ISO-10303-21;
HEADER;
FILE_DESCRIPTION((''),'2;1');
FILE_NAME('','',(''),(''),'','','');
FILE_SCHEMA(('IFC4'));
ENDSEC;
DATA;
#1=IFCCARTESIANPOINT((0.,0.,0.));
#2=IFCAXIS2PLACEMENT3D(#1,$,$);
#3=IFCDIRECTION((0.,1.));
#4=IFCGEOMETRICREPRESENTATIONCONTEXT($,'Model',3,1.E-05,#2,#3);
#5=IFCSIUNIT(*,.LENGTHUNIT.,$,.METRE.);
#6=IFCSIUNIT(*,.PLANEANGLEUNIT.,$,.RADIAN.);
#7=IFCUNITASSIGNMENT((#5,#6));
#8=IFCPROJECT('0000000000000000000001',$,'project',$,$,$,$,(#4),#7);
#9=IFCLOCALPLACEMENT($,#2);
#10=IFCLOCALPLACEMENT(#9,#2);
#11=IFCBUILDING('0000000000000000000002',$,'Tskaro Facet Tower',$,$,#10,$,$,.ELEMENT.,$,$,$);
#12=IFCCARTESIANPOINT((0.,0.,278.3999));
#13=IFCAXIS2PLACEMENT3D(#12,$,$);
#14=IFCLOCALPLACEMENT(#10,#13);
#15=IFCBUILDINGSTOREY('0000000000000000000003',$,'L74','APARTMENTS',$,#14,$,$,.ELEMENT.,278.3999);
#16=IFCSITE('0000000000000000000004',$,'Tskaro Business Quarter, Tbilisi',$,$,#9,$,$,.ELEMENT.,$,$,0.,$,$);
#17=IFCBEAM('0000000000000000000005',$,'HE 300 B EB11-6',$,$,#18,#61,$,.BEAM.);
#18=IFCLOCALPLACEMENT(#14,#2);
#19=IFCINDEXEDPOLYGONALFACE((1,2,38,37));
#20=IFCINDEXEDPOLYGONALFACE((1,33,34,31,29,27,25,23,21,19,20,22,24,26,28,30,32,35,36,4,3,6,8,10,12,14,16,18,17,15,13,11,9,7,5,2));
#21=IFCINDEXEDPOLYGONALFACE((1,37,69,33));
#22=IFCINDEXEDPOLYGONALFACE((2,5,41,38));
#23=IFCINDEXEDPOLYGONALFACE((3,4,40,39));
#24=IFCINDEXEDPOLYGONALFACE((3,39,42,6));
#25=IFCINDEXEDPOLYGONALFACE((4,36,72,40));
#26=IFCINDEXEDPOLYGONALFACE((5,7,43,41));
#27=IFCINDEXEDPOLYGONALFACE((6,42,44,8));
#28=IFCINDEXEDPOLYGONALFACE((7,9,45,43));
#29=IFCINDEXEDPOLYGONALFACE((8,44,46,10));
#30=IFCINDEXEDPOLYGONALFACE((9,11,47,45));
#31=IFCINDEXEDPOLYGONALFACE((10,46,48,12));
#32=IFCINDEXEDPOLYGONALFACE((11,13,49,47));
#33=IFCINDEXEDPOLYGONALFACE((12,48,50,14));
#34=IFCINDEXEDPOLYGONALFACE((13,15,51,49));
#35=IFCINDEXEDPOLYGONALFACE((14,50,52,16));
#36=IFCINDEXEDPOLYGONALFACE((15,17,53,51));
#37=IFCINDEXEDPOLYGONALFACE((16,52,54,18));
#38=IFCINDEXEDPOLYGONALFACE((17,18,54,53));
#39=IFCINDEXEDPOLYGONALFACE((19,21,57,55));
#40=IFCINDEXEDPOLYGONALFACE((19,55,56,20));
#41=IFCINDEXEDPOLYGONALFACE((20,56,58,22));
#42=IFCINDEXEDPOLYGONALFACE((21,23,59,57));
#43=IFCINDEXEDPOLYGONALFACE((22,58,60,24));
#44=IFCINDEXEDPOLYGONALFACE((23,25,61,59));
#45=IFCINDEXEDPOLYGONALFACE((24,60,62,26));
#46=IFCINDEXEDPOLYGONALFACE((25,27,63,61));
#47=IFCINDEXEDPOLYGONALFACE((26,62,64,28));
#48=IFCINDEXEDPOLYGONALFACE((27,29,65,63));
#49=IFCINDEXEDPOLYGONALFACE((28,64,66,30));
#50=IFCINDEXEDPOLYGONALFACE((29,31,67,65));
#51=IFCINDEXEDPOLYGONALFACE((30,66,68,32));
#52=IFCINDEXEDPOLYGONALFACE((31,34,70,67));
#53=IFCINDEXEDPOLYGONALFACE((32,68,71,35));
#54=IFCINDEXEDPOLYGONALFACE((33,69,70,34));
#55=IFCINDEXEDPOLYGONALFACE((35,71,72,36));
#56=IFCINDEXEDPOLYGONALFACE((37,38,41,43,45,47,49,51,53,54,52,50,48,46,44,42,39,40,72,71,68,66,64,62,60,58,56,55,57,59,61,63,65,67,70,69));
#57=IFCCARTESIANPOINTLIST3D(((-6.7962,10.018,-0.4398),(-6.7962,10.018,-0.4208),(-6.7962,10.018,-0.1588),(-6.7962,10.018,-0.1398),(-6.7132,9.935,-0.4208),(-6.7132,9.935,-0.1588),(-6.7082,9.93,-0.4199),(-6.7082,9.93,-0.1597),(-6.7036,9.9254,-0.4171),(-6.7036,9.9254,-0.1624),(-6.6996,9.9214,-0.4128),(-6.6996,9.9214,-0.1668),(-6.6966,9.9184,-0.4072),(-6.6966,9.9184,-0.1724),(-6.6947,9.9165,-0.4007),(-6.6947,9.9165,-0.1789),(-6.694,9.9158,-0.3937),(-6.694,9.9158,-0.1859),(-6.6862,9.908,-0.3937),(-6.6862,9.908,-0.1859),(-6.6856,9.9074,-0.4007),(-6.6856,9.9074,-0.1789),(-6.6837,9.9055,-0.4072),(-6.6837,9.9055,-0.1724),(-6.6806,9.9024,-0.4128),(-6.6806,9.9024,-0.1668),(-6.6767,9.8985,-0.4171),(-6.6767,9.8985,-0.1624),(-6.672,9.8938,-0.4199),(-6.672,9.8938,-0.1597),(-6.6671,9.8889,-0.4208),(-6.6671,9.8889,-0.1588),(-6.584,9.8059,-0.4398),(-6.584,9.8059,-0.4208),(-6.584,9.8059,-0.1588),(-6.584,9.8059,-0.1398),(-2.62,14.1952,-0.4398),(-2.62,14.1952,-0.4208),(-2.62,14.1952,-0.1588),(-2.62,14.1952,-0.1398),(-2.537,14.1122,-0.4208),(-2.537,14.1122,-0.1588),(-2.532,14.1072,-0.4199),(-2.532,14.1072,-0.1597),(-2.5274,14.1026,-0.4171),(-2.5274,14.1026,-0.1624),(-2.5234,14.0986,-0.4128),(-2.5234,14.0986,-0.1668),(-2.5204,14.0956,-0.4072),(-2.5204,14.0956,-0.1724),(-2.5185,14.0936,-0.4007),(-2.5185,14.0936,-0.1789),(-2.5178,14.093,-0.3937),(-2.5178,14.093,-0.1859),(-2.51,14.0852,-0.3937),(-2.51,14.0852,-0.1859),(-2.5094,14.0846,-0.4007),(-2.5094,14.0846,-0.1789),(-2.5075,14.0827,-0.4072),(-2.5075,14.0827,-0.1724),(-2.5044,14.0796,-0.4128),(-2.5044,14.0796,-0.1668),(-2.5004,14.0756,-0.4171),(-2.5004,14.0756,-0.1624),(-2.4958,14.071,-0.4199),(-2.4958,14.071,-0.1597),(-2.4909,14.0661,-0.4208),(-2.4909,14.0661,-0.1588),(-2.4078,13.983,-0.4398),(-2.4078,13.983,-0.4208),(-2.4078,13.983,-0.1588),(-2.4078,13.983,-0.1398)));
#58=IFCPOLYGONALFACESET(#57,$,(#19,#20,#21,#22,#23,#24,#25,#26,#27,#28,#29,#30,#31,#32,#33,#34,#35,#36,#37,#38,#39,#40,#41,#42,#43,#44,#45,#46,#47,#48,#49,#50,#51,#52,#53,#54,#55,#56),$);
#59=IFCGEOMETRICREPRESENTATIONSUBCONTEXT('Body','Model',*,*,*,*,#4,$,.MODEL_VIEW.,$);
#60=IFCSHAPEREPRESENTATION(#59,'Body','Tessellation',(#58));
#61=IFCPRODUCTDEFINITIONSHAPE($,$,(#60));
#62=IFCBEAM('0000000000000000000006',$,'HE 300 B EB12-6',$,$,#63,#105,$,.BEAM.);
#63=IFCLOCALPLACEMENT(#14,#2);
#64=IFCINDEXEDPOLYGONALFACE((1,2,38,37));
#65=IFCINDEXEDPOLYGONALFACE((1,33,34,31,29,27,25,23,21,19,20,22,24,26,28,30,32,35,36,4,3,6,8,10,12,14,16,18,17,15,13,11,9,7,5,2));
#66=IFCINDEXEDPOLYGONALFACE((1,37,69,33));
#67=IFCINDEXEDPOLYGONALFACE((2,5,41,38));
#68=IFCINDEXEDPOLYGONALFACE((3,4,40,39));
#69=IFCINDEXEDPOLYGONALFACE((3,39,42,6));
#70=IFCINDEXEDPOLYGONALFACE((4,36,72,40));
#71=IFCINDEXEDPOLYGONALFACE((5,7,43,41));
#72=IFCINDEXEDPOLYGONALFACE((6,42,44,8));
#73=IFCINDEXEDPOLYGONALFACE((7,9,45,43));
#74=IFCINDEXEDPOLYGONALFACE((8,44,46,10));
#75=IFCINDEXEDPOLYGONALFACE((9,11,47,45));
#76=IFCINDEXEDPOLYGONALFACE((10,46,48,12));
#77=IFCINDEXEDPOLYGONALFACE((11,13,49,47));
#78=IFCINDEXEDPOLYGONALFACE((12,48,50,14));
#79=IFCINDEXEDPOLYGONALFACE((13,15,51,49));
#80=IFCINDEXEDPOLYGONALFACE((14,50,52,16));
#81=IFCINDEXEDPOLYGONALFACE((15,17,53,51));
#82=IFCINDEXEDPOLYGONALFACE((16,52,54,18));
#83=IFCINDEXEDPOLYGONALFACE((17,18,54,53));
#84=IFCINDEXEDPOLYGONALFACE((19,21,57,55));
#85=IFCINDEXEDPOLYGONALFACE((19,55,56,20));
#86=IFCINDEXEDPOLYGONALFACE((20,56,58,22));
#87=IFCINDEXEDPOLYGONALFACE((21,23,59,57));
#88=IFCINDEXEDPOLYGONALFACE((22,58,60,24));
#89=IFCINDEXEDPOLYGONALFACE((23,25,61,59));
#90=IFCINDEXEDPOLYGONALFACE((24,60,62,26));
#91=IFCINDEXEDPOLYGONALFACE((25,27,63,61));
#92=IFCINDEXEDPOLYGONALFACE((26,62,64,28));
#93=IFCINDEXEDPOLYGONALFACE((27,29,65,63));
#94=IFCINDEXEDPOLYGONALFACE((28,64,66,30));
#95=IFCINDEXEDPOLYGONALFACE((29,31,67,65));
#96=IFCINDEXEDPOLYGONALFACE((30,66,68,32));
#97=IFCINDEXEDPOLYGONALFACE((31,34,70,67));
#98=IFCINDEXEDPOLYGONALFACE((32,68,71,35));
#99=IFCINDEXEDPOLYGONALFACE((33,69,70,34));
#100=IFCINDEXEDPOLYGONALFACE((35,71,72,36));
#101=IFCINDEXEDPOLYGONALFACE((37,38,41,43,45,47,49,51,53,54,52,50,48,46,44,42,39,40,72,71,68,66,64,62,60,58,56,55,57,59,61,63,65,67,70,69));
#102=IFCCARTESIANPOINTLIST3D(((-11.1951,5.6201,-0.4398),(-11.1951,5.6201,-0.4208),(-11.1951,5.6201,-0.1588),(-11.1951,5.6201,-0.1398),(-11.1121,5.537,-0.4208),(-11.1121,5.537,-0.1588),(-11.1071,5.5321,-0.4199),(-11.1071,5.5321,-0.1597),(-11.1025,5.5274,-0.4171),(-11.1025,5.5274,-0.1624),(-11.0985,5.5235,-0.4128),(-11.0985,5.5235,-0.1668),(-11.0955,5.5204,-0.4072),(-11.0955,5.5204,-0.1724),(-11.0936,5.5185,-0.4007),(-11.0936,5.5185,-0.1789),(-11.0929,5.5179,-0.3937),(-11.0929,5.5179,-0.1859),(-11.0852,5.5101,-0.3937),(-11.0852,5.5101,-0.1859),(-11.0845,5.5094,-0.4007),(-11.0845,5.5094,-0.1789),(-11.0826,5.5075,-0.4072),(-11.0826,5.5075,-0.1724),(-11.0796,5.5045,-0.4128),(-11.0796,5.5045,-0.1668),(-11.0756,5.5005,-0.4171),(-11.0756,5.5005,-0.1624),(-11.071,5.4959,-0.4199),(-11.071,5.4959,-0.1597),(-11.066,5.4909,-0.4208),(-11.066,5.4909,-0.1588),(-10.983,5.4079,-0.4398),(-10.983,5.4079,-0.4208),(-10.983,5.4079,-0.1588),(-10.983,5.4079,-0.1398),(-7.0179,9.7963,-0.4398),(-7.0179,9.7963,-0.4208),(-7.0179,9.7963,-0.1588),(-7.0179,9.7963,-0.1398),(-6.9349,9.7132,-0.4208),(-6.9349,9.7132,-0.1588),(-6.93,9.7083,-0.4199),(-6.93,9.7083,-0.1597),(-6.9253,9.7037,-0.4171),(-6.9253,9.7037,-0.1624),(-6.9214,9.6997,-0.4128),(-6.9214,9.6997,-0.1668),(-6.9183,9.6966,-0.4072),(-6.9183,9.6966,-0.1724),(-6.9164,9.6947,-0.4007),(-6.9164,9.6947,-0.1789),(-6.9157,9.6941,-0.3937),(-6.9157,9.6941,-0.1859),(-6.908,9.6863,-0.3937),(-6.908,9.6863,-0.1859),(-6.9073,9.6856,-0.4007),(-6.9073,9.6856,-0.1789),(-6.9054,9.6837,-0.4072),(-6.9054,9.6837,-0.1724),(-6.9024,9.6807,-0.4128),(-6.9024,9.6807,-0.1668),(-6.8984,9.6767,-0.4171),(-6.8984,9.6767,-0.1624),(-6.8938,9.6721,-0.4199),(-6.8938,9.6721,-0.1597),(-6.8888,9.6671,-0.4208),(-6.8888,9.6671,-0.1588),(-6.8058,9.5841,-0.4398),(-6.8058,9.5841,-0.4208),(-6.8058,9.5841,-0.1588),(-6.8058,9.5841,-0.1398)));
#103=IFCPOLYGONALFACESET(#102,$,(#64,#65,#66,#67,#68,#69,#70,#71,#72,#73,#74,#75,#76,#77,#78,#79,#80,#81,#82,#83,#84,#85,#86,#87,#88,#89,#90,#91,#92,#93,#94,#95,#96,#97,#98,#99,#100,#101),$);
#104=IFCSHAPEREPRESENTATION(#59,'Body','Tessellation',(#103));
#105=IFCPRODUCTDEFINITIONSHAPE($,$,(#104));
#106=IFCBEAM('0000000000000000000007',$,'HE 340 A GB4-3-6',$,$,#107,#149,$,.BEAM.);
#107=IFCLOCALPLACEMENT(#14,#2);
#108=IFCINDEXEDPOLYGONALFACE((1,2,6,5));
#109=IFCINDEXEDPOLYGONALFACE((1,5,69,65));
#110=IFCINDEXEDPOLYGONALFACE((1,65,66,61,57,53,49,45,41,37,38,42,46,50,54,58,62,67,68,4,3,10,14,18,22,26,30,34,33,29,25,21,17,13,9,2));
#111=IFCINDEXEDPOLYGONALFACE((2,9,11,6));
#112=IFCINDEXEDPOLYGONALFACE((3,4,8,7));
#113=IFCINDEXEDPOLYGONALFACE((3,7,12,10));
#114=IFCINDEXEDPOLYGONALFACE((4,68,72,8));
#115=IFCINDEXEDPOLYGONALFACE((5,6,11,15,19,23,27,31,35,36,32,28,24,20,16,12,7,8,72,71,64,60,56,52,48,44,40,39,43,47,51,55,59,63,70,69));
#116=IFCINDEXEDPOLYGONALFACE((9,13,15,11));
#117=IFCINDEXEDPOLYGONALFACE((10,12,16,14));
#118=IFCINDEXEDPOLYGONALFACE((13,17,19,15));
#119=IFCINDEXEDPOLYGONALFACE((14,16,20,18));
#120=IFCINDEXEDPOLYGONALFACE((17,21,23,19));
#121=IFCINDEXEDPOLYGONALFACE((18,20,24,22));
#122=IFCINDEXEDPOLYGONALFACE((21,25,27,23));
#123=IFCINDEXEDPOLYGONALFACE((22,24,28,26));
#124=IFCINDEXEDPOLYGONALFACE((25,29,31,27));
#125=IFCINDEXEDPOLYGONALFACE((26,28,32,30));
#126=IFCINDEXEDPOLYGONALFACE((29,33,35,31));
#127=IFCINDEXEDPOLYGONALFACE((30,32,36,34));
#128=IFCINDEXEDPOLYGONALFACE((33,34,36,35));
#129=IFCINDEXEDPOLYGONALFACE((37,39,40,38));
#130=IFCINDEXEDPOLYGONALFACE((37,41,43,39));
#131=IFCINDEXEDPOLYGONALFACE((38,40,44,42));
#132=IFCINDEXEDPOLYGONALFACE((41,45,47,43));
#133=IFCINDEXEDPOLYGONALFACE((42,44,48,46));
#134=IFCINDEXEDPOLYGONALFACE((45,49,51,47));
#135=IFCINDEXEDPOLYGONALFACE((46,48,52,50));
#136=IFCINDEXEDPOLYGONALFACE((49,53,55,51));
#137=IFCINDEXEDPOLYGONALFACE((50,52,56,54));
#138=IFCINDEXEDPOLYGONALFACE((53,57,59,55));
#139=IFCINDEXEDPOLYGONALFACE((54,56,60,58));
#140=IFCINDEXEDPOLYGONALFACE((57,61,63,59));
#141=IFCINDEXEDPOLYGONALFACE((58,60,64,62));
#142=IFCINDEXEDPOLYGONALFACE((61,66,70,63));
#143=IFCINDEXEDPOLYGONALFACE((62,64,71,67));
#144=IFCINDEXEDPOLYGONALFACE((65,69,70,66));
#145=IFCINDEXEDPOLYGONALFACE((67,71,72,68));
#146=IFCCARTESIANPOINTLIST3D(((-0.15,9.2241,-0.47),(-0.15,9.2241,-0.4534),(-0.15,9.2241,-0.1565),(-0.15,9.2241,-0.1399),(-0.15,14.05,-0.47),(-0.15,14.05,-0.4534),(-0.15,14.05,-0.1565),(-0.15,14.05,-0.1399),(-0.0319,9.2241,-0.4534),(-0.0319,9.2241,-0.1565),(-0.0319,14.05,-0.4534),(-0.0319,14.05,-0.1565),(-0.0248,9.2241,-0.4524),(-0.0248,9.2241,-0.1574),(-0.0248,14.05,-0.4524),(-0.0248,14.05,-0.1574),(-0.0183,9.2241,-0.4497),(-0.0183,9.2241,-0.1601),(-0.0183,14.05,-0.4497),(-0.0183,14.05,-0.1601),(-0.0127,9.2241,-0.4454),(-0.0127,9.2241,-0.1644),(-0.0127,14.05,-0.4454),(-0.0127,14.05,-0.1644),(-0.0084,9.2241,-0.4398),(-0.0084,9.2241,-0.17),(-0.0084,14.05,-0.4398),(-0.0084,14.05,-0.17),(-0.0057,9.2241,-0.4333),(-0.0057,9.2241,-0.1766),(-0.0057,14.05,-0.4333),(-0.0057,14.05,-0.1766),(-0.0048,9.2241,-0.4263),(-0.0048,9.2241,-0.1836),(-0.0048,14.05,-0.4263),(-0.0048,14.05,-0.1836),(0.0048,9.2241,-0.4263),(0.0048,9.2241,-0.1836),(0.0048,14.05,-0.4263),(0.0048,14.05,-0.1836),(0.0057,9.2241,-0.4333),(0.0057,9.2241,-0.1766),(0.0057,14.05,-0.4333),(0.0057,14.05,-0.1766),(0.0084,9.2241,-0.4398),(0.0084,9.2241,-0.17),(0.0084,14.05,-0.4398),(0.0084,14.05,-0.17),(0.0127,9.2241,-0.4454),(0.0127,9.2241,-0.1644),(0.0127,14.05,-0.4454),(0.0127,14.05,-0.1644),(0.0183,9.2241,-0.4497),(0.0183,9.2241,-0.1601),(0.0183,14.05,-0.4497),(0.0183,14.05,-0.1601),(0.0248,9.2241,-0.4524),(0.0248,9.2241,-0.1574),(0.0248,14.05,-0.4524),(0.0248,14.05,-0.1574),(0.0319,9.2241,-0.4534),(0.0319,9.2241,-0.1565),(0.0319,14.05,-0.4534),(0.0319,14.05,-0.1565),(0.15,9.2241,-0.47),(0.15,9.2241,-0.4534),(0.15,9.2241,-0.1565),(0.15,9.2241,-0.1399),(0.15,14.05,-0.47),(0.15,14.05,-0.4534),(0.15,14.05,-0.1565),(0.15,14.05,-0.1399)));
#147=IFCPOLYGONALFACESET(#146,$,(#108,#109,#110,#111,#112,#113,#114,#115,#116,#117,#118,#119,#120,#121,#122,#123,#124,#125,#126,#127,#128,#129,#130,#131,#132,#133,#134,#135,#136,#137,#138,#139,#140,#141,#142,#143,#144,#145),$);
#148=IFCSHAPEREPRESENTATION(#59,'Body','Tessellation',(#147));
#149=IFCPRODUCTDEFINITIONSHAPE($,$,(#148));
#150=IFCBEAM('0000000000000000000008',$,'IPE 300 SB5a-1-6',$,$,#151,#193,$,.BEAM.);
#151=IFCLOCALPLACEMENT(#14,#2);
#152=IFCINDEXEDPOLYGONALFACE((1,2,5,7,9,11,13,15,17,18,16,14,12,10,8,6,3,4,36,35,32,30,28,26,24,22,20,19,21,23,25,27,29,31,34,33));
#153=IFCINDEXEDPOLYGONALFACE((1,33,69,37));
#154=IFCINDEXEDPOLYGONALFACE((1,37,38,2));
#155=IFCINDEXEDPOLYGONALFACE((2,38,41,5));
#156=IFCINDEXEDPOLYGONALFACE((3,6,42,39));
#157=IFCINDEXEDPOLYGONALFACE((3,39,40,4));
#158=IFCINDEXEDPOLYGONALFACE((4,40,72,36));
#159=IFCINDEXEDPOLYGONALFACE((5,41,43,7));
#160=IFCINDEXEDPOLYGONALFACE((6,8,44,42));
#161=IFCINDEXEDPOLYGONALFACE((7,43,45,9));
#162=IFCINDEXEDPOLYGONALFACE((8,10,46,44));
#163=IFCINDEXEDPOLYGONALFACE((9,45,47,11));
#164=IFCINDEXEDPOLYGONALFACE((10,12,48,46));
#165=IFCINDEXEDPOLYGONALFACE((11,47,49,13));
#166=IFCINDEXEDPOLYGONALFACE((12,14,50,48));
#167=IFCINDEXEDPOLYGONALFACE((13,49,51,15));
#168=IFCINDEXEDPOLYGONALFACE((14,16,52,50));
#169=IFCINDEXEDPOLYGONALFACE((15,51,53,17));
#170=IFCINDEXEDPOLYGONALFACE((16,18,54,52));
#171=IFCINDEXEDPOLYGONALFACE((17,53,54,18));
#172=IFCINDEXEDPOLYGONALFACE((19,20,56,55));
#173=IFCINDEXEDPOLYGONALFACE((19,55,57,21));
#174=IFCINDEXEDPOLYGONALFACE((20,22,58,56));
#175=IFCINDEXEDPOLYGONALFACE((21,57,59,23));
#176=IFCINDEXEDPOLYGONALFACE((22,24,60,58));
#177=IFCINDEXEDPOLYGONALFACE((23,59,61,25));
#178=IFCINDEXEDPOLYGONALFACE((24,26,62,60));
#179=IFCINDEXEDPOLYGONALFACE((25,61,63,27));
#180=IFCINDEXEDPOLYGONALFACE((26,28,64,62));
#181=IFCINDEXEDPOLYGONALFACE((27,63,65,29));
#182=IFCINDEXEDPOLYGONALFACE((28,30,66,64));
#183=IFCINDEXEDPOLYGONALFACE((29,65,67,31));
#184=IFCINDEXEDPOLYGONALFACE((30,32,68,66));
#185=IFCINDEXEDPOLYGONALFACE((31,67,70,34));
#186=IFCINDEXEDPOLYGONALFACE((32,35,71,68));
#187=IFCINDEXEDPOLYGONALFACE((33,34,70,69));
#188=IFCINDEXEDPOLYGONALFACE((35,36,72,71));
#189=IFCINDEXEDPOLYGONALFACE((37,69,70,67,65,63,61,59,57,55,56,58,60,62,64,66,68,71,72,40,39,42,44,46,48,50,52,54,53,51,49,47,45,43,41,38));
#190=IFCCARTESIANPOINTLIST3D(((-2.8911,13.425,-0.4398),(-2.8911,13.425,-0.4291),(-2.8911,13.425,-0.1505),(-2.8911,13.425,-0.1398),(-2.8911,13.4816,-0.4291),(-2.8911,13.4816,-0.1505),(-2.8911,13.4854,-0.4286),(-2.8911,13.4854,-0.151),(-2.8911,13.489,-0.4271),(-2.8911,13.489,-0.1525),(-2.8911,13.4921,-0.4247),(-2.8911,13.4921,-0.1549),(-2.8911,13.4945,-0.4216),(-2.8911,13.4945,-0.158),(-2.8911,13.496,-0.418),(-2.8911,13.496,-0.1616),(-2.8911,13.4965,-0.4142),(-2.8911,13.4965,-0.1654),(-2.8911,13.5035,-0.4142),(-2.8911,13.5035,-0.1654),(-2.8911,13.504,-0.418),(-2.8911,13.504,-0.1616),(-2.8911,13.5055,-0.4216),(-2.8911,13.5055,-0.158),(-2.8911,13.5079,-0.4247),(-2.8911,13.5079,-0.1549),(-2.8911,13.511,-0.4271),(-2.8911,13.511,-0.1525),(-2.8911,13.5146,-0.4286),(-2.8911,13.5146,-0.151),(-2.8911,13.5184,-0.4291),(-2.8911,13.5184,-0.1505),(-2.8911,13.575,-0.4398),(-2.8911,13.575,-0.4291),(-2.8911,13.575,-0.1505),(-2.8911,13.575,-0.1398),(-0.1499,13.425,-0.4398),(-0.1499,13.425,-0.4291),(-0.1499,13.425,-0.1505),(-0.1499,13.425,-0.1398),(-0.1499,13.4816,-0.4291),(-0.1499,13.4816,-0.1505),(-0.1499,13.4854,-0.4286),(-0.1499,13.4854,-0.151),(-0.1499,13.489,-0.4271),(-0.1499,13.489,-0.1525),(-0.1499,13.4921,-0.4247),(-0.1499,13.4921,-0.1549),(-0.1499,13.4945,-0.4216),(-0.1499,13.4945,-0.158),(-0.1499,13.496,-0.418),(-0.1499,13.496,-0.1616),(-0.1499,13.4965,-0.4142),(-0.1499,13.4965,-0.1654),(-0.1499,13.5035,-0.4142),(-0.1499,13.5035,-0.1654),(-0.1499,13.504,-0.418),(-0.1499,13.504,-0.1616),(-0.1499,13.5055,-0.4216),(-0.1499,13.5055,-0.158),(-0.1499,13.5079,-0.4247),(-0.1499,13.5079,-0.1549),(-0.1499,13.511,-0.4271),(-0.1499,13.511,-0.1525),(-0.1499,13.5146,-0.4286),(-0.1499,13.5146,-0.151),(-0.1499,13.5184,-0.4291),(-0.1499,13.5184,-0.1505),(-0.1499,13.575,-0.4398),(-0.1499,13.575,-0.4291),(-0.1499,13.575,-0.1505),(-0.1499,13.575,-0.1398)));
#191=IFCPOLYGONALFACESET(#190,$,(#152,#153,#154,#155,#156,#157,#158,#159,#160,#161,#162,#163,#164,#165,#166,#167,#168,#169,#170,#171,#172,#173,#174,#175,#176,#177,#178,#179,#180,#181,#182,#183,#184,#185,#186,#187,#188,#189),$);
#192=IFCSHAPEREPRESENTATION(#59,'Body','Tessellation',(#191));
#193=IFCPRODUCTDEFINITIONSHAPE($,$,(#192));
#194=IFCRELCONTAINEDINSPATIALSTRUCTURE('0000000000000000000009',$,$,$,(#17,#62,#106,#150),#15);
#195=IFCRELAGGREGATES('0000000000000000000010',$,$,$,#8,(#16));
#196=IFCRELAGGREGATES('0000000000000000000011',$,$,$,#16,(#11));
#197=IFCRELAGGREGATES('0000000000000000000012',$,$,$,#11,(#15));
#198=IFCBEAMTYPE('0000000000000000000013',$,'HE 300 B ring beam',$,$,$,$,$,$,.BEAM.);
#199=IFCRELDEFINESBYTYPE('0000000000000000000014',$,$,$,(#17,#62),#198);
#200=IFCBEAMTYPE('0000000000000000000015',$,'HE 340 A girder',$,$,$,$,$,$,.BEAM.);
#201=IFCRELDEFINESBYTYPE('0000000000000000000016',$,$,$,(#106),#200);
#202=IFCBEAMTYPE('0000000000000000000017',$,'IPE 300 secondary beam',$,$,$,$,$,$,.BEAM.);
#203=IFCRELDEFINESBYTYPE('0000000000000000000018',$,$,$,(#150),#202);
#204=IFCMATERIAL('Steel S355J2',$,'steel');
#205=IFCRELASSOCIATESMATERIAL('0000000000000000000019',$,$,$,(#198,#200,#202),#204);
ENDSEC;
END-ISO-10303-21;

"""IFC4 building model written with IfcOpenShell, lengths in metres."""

from ifc_helpers import new_model, si_unit, direction, frame, origin, origin_2d, place, context, subcontext, project, spatial, i_section, extrude, material, material_profile, profile_set, type_object, element, save


model = new_model("IFC4")

# Units and contexts
model_context = context("Model", 3, precision=1e-05, world=origin(), true_north=direction((0.0, 1.0)))
body_context = subcontext(model_context, "Body", "Model", "MODEL_VIEW")
ifc_project = project(units=[si_unit("LENGTHUNIT", "METRE"), si_unit("PLANEANGLEUNIT", "RADIAN")], contexts=[model_context])

# Site, building, storey
site_placement = place(None, origin())
site = spatial("IfcSite", under=ifc_project, at=site_placement, Name="Tskaro Business Quarter, Tbilisi", CompositionType="ELEMENT", RefElevation=0.0)
building_placement = place(site_placement, origin())
building = spatial("IfcBuilding", under=site, at=building_placement, Name="Tskaro Facet Tower", CompositionType="ELEMENT")
storey_placement = place(building_placement, frame((0.0, 0.0, 278.3999)))
storey = spatial("IfcBuildingStorey", under=building, at=storey_placement, Name="L74", Description="APARTMENTS", CompositionType="ELEMENT", Elevation=278.3999)

# Shared definitions
ifc_material_1 = material(Name="Steel S355J2", Category="steel")

# Beams
ifc_material_profile_1 = material_profile(ifc_material_1, i_section(OverallWidth=0.3, OverallDepth=0.3, WebThickness=0.011, FlangeThickness=0.019, FilletRadius=0.0271, at=origin_2d()), Name="HE 300 B")
ifc_profile_set_1 = profile_set([ifc_material_profile_1], Name="Steel S355J2")
beam_type_1 = type_object("IfcBeamType", Name="HE 300 B ring beam", PredefinedType="BEAM", material=ifc_profile_set_1)
for number, where, z_axis, x_axis, name in (
    (1, (-2.5139, 14.0891, -0.2898), (-0.707024, -0.707189, 0.0), (0.707189, -0.707024, 0.0), "HE 300 B EB11-6"),
    (2, (-6.9119, 9.6902, -0.2898), (-0.707189, -0.707024, 0.0), (0.707024, -0.707189, 0.0), "HE 300 B EB12-6"),
):
    element("IfcBeam", number, at=place(storey_placement, frame(where, z_axis=z_axis, x_axis=x_axis)), inside=storey, type_object=beam_type_1, Name=name, PredefinedType="BEAM", context=body_context, shape_type="SweptSolid", body=[
        extrude(i_section(OverallWidth=0.3, OverallDepth=0.3, WebThickness=0.011, FlangeThickness=0.019, FilletRadius=0.0271, at=origin_2d()), origin(), (0.0, 0.0, 1.0), 5.9067),
    ])
ifc_material_profile_2 = material_profile(ifc_material_1, i_section(OverallWidth=0.3, OverallDepth=0.3301, WebThickness=0.0095, FlangeThickness=0.0166, FilletRadius=0.0271, at=origin_2d()), Name="HE 340 A")
ifc_profile_set_2 = profile_set([ifc_material_profile_2], Name="Steel S355J2")
beam_type_2 = type_object("IfcBeamType", Name="HE 340 A girder", PredefinedType="BEAM", material=ifc_profile_set_2)
beam_1_placement = place(storey_placement, frame((0.0, 9.2241, -0.3049), z_axis=(0.0, 1.0, 0.0), x_axis=(-1.0, 0.0, 0.0)))
element("IfcBeam", 3, at=beam_1_placement, inside=storey, type_object=beam_type_2, Name="HE 340 A GB4-3-6", PredefinedType="BEAM", context=body_context, shape_type="SweptSolid", body=[
    extrude(i_section(OverallWidth=0.3, OverallDepth=0.3301, WebThickness=0.0095, FlangeThickness=0.0166, FilletRadius=0.0271, at=origin_2d()), origin(), (0.0, 0.0, 1.0), 4.8259),
])
ifc_material_profile_3 = material_profile(ifc_material_1, i_section(OverallWidth=0.1499, OverallDepth=0.3, WebThickness=0.0071, FlangeThickness=0.0107, FilletRadius=0.0149, at=origin_2d()), Name="IPE 300")
ifc_profile_set_3 = profile_set([ifc_material_profile_3], Name="Steel S355J2")
beam_type_3 = type_object("IfcBeamType", Name="IPE 300 secondary beam", PredefinedType="BEAM", material=ifc_profile_set_3)
beam_2_placement = place(storey_placement, frame((-2.8911, 13.5, -0.2898), z_axis=(1.0, 0.0, 0.0), x_axis=(0.0, 1.0, 0.0)))
element("IfcBeam", 4, at=beam_2_placement, inside=storey, type_object=beam_type_3, Name="IPE 300 SB5a-1-6", PredefinedType="BEAM", context=body_context, shape_type="SweptSolid", body=[
    extrude(i_section(OverallWidth=0.1499, OverallDepth=0.3, WebThickness=0.0071, FlangeThickness=0.0107, FilletRadius=0.0149, at=origin_2d()), origin(), (0.0, 0.0, 1.0), 2.7412),
])

save(model, "model.ifc")
